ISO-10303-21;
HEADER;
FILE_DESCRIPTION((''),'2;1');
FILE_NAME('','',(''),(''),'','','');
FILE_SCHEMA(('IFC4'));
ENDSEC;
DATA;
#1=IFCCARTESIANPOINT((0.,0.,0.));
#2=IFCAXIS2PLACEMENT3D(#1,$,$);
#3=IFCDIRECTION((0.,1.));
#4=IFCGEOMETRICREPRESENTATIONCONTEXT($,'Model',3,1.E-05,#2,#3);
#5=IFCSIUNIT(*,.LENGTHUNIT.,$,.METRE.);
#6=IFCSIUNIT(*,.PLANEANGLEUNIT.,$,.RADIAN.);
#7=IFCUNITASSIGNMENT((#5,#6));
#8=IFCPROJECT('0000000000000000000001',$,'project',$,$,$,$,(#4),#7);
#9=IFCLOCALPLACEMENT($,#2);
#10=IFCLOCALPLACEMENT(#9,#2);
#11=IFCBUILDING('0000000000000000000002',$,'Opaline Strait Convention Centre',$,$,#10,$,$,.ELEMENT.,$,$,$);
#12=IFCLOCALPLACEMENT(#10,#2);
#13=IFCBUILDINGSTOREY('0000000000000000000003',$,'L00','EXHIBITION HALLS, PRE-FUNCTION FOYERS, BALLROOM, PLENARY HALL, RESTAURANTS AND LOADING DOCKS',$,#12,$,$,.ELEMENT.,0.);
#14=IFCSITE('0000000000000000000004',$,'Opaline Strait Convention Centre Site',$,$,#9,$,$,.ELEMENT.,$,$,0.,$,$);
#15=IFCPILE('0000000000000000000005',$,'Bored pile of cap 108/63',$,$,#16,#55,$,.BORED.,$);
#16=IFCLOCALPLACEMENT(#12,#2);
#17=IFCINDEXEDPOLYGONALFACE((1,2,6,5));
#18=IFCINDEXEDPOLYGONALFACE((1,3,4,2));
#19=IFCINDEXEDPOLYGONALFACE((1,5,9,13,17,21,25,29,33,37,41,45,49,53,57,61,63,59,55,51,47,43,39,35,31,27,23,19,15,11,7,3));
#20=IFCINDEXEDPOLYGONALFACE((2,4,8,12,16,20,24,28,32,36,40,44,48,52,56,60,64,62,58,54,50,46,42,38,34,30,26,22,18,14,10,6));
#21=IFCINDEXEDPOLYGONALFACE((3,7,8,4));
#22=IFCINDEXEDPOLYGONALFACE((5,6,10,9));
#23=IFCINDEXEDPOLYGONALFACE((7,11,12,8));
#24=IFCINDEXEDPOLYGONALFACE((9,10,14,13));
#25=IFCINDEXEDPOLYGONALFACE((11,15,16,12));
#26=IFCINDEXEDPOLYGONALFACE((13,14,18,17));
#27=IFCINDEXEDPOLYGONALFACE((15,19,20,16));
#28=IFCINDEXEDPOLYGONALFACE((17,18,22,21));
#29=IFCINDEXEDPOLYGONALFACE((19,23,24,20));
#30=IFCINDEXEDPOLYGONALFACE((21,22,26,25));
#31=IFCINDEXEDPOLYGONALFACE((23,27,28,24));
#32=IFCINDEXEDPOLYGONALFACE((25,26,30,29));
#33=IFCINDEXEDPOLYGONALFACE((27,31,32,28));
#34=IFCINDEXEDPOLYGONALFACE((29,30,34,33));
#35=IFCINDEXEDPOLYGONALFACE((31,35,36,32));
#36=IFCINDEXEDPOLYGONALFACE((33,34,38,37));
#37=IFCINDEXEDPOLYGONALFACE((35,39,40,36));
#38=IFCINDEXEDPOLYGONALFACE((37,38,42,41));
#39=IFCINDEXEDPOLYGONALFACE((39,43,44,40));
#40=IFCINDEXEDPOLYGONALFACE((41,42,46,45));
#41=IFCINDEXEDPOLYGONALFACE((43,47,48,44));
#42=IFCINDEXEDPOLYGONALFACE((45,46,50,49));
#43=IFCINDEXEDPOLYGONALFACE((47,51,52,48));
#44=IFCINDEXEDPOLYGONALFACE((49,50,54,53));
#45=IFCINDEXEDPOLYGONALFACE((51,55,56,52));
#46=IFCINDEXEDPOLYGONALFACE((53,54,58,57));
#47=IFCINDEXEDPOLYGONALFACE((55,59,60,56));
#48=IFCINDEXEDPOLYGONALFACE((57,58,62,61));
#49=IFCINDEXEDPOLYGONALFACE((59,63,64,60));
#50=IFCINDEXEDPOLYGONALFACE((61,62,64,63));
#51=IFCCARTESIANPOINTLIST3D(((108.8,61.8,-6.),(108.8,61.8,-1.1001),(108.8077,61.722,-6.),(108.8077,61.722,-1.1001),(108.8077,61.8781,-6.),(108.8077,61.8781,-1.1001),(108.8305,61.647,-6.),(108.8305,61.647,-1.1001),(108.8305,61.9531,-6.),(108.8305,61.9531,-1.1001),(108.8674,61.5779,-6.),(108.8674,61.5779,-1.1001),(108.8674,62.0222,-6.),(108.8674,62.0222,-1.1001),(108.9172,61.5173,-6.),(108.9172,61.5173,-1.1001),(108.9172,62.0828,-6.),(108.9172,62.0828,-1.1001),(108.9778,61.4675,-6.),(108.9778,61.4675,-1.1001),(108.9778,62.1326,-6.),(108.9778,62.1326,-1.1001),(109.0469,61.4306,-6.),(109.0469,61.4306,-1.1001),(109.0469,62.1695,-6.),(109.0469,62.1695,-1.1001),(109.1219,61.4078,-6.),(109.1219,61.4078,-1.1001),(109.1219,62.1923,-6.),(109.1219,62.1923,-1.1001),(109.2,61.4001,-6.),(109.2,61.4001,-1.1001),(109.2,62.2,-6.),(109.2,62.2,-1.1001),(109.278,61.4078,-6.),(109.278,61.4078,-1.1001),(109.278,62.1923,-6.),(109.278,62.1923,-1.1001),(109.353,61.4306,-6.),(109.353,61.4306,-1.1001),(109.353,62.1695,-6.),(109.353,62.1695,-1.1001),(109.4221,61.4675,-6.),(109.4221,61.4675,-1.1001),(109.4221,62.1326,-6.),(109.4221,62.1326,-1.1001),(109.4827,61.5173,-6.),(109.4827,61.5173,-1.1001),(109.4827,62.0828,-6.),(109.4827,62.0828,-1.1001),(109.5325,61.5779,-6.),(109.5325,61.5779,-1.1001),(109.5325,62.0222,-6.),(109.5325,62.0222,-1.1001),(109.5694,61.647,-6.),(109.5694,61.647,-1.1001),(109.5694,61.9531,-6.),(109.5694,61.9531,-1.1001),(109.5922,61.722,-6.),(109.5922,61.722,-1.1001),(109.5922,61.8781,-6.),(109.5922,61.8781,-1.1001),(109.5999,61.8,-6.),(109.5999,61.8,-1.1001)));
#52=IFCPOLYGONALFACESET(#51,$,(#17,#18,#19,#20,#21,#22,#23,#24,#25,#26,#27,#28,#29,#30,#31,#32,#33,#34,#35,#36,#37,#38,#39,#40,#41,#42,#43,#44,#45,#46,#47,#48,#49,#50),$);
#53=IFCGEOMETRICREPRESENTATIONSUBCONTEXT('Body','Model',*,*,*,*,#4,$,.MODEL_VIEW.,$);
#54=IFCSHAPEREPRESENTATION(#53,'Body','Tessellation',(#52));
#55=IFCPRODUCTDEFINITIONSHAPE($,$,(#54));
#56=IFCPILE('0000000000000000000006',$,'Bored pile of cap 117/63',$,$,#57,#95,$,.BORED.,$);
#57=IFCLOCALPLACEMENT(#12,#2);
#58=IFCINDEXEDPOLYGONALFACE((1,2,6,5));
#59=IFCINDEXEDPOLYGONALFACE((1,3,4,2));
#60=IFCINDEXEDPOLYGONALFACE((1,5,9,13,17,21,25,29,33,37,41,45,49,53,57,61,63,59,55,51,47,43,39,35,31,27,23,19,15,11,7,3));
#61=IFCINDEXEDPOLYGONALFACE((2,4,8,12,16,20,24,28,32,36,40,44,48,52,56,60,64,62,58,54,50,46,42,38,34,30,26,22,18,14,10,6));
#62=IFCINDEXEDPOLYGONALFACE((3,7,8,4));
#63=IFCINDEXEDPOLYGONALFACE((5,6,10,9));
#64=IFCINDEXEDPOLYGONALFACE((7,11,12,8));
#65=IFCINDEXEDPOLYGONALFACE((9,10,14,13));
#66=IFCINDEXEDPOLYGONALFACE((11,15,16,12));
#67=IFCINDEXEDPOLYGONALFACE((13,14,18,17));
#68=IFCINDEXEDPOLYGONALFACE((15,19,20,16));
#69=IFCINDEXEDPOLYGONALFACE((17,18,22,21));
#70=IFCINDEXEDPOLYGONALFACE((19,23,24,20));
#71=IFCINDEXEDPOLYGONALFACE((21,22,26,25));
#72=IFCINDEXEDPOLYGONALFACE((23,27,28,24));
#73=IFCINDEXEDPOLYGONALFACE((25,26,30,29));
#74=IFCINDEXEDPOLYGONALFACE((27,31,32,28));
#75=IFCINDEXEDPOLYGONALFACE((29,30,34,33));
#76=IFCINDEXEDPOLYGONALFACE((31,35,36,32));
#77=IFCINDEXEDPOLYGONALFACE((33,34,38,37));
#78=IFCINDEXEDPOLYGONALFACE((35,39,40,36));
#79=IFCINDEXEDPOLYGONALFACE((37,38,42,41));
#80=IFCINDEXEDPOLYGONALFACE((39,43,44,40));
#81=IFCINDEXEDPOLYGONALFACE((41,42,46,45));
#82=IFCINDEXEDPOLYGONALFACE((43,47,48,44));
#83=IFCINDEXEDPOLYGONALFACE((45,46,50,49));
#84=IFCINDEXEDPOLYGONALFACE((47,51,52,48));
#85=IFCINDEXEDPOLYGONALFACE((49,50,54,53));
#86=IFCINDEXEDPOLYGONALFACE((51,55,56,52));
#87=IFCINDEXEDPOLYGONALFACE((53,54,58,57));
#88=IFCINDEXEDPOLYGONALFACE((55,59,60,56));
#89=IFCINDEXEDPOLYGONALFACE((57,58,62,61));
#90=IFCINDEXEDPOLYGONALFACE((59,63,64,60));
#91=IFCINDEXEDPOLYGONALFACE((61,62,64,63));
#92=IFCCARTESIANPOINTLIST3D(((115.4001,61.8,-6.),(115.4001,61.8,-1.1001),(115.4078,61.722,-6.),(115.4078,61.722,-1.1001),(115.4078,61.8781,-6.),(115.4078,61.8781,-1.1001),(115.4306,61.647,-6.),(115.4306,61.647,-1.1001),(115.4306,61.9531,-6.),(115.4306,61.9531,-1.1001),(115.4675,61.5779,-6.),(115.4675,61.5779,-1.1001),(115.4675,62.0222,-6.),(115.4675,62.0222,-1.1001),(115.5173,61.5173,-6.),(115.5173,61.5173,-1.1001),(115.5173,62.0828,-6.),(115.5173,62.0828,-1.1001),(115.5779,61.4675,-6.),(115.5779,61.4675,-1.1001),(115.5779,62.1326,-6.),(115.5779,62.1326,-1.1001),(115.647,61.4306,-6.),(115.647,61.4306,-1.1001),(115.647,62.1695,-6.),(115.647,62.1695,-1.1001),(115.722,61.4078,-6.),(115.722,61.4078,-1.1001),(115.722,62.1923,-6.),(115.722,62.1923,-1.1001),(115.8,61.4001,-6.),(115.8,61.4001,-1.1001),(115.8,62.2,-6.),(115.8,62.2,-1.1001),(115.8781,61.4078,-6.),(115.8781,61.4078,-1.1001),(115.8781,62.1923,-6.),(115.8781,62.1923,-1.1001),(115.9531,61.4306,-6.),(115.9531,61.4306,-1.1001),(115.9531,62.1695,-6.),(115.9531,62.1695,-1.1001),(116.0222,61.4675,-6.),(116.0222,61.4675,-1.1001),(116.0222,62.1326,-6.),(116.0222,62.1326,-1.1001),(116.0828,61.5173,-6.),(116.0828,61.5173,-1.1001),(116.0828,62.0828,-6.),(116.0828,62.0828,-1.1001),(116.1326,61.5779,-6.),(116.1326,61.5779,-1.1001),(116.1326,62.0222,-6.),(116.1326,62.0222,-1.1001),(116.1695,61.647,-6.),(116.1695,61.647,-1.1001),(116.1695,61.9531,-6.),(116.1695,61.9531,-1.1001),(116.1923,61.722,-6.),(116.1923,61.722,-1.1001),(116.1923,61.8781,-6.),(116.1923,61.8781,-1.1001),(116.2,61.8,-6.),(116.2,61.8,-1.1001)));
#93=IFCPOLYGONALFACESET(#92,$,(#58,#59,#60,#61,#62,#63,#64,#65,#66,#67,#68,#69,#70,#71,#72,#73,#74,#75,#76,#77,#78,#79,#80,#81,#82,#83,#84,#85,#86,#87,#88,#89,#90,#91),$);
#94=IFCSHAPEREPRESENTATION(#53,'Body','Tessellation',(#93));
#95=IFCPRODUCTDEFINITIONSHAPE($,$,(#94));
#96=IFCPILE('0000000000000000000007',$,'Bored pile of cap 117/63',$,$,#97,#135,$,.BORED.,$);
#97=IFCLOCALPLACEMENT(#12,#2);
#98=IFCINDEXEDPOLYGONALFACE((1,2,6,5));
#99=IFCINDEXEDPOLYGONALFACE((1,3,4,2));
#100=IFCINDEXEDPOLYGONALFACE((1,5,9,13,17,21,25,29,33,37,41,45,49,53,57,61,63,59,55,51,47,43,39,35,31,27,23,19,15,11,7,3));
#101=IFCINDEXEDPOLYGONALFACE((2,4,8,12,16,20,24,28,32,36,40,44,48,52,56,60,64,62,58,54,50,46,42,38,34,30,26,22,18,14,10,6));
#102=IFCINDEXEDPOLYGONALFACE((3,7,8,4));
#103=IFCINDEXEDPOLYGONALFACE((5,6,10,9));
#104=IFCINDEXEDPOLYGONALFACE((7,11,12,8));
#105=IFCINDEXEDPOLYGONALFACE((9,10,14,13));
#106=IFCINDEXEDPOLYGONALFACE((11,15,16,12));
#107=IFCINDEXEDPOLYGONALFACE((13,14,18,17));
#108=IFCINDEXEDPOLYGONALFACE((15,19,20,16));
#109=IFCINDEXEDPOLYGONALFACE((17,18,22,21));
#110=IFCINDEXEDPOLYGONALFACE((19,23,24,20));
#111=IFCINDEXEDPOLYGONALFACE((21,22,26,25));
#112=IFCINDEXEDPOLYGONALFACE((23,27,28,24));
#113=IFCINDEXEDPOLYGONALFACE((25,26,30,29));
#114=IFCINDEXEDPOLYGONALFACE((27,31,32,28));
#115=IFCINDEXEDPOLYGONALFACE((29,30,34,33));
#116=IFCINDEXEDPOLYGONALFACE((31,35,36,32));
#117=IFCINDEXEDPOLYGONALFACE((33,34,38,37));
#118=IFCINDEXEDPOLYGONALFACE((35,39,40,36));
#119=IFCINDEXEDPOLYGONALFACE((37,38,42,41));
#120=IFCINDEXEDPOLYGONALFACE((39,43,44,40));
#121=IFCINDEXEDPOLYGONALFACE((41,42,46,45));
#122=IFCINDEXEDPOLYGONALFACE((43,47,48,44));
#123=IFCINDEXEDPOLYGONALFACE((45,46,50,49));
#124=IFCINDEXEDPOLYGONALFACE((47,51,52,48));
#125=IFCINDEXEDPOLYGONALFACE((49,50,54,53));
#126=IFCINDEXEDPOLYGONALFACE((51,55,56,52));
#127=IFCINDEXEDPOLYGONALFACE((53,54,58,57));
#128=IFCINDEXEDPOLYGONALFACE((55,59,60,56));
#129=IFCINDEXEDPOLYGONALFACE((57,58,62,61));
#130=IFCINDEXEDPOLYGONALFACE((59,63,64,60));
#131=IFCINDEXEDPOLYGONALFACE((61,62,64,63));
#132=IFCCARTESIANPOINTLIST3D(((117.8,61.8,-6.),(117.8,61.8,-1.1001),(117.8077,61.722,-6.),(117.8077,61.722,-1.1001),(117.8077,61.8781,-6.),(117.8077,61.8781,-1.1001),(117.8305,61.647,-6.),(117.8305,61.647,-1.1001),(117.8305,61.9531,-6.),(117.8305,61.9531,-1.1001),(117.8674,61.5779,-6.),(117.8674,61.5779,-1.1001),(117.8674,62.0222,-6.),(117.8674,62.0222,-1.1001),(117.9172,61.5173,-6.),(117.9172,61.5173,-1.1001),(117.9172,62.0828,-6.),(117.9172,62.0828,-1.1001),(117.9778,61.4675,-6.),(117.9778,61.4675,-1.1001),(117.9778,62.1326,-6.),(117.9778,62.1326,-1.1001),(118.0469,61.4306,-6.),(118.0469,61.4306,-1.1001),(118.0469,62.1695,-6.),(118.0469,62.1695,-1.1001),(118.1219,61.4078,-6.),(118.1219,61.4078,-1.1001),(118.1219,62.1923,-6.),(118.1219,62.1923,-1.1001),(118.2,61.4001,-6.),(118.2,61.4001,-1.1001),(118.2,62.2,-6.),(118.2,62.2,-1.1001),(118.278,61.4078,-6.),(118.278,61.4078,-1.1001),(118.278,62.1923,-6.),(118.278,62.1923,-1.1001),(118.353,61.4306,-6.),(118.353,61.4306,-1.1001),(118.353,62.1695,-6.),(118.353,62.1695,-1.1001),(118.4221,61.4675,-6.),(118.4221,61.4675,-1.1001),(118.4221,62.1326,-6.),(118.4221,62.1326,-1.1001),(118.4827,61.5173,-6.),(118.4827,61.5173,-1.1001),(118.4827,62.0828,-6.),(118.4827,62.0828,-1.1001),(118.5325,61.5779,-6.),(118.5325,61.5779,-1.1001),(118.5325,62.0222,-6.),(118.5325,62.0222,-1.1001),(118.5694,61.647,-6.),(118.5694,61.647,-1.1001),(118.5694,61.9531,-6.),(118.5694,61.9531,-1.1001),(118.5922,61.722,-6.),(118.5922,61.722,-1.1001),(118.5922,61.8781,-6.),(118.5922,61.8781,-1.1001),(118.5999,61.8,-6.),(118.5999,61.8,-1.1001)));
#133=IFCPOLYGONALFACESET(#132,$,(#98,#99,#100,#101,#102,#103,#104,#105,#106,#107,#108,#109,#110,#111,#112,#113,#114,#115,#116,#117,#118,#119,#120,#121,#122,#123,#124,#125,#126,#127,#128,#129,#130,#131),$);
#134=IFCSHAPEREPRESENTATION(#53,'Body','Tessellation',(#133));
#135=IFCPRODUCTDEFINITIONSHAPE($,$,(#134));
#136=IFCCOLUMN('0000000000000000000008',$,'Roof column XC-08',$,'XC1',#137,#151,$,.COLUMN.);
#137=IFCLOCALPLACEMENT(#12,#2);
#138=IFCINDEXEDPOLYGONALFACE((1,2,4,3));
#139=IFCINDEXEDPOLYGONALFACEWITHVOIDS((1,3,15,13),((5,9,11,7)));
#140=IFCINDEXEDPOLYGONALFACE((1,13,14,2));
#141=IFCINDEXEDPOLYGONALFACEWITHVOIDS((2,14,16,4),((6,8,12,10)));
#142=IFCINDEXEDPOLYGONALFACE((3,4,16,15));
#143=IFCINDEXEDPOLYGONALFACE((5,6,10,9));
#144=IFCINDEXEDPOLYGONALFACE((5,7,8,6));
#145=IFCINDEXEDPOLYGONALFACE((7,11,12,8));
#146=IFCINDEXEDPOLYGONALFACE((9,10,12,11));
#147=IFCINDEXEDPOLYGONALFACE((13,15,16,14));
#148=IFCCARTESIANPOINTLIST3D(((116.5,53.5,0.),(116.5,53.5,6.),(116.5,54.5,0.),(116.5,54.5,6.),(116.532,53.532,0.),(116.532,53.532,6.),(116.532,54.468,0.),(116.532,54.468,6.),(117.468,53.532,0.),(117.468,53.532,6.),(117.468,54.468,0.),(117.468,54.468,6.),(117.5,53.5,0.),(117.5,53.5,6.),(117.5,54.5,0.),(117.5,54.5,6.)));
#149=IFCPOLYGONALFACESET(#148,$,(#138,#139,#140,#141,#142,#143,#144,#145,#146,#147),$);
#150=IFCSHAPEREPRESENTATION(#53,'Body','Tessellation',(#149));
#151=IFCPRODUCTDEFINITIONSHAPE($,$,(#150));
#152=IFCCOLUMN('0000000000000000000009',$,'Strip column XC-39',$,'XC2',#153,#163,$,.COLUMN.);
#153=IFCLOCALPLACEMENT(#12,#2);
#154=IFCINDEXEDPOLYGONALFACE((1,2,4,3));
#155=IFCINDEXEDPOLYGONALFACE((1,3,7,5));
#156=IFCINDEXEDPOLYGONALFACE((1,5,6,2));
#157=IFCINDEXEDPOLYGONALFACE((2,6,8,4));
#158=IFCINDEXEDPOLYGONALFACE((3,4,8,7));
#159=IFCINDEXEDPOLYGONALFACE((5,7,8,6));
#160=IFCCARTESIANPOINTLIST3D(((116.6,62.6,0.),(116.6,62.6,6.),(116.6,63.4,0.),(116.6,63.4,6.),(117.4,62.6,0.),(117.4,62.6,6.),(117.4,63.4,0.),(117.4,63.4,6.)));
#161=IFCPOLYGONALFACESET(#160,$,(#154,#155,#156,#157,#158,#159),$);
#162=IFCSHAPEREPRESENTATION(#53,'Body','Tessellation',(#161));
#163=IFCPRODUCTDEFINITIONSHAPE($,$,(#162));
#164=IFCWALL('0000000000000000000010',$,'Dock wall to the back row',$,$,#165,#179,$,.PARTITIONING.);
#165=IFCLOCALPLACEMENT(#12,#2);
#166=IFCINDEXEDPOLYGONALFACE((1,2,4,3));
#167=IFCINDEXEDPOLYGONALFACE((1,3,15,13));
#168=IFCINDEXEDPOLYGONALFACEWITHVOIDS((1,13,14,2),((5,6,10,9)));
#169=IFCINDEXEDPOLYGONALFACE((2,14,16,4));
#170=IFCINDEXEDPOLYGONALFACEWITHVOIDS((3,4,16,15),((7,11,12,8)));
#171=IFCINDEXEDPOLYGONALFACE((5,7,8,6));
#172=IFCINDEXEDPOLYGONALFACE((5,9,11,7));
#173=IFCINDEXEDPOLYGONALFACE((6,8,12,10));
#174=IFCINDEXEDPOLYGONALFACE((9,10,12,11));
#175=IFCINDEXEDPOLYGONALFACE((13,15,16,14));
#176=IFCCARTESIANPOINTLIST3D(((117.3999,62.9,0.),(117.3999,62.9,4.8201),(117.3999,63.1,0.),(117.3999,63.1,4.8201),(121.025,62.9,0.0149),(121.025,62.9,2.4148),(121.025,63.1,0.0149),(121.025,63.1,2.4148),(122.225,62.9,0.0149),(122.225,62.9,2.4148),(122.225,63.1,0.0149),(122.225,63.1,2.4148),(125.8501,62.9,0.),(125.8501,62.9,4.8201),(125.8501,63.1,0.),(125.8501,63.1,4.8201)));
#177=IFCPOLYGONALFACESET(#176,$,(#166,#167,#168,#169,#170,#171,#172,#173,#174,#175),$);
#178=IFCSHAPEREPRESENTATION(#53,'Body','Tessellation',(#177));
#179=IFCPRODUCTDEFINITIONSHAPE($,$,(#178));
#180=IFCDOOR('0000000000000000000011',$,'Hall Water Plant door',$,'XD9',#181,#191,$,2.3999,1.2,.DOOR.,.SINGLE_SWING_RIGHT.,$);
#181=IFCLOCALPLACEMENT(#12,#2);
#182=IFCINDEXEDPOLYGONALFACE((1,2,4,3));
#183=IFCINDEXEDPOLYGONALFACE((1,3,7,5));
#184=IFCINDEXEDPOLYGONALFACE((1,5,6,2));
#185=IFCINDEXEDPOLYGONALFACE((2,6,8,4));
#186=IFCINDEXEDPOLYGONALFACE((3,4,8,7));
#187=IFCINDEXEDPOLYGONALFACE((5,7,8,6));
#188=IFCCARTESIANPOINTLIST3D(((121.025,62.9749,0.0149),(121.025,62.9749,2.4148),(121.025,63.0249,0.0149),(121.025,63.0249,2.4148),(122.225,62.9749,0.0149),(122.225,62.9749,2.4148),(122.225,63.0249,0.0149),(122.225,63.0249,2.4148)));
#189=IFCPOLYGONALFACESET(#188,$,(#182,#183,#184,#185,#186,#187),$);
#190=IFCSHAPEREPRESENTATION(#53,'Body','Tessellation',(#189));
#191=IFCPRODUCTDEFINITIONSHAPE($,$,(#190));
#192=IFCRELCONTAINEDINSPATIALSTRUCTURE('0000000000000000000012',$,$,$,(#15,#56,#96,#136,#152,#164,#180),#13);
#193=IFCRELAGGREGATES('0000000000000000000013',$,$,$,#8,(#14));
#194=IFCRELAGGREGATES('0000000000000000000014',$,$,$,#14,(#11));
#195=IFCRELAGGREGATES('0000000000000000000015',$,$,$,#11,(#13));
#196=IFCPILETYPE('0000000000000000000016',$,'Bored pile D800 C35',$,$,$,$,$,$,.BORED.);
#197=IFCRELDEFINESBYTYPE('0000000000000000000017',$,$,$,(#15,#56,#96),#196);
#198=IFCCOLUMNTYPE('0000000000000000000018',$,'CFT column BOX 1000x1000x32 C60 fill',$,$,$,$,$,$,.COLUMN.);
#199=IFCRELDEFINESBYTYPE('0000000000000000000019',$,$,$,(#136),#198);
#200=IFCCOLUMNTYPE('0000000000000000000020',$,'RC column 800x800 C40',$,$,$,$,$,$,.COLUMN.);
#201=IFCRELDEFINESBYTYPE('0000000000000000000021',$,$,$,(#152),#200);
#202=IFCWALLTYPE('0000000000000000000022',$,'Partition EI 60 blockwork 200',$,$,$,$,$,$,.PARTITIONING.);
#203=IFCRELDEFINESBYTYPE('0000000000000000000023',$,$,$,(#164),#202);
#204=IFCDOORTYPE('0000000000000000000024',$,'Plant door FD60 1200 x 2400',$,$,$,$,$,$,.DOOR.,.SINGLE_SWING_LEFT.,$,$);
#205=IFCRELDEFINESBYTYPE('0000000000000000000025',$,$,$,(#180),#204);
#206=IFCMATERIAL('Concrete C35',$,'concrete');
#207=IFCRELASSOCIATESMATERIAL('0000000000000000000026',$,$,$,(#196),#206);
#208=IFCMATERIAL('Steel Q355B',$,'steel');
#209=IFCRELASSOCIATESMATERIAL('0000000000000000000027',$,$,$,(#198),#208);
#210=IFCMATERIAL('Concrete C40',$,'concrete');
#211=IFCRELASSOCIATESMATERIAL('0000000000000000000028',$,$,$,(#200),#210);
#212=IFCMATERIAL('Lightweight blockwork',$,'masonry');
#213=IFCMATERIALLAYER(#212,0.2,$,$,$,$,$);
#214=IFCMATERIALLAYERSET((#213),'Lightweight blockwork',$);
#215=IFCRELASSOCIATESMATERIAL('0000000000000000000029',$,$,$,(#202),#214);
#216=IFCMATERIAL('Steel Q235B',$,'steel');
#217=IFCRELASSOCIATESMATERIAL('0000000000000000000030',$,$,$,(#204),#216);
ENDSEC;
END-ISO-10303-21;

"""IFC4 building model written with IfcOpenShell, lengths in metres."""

from ifc_helpers import new_model, si_unit, direction, frame, frame_2d, origin, origin_2d, place, context, subcontext, project, spatial, rectangle, hollow_rectangle, circle, extrude, material, layer, layer_set, material_profile, profile_set, type_object, element, fill, save


model = new_model("IFC4")

# Units and contexts
model_context = context("Model", 3, precision=1e-05, world=origin(), true_north=direction((0.0, 1.0)))
body_context = subcontext(model_context, "Body", "Model", "MODEL_VIEW")
ifc_project = project(units=[si_unit("LENGTHUNIT", "METRE"), si_unit("PLANEANGLEUNIT", "RADIAN")], contexts=[model_context])

# Site, building, storey
site_placement = place(None, origin())
site = spatial("IfcSite", under=ifc_project, at=site_placement, Name="Opaline Strait Convention Centre Site", CompositionType="ELEMENT", RefElevation=0.0)
building_placement = place(site_placement, origin())
building = spatial("IfcBuilding", under=site, at=building_placement, Name="Opaline Strait Convention Centre", CompositionType="ELEMENT")
storey_placement = place(building_placement, origin())
storey = spatial("IfcBuildingStorey", under=building, at=storey_placement, Name="L00", Description="EXHIBITION HALLS, PRE-FUNCTION FOYERS, BALLROOM, PLENARY HALL, RESTAURANTS AND LOADING DOCKS", CompositionType="ELEMENT", Elevation=0.0)

# Piles
ifc_material_1 = material(Name="Concrete C35", Category="concrete")
ifc_material_profile_1 = material_profile(ifc_material_1, circle(Radius=0.3999, at=origin_2d()), Name="D800")
ifc_profile_set_1 = profile_set([ifc_material_profile_1], Name="Concrete C35")
pile_type_1 = type_object("IfcPileType", Name="Bored pile D800 C35", PredefinedType="BORED", material=ifc_profile_set_1)
for number, where, z_axis, x_axis, name in (
    (1, (109.2, 61.8, -1.1001), (0.0, 0.0, -1.0), (1.0, 0.0, 0.0), "Bored pile of cap 108/63"),
    (2, (115.8, 61.8, -1.1001), (0.0, 0.0, -1.0), (1.0, 0.0, 0.0), "Bored pile of cap 117/63"),
    (3, (118.2, 61.8, -1.1001), (0.0, 0.0, -1.0), (1.0, 0.0, 0.0), "Bored pile of cap 117/63"),
):
    element("IfcPile", number, at=place(storey_placement, frame(where, z_axis=z_axis, x_axis=x_axis)), inside=storey, type_object=pile_type_1, Name=name, PredefinedType="BORED", context=body_context, shape_type="SweptSolid", body=[
        extrude(circle(Radius=0.3999, at=origin_2d()), origin(), (0.0, 0.0, 1.0), 4.8999),
    ])

# Columns
ifc_material_2 = material(Name="Steel Q355B", Category="steel")
ifc_material_profile_2 = material_profile(ifc_material_2, hollow_rectangle(XDim=1.0, YDim=1.0, WallThickness=0.032, at=origin_2d()), Name="BOX 1000x1000x32")
ifc_profile_set_2 = profile_set([ifc_material_profile_2], Name="Steel Q355B")
column_type_1 = type_object("IfcColumnType", Name="CFT column BOX 1000x1000x32 C60 fill", PredefinedType="COLUMN", material=ifc_profile_set_2)
column_1_placement = place(storey_placement, frame((117.0, 54.0, 0.0), z_axis=(0.0, 0.0, 1.0), x_axis=(1.0, 0.0, 0.0)))
element("IfcColumn", 4, at=column_1_placement, inside=storey, type_object=column_type_1, Name="Roof column XC-08", ObjectType="XC1", PredefinedType="COLUMN", context=body_context, shape_type="SweptSolid", body=[
    extrude(hollow_rectangle(XDim=1.0, YDim=1.0, WallThickness=0.032, at=origin_2d()), origin(), (0.0, 0.0, 1.0), 6.0),
])
ifc_material_3 = material(Name="Concrete C40", Category="concrete")
ifc_material_profile_3 = material_profile(ifc_material_3, rectangle(XDim=0.8, YDim=0.8, at=origin_2d()), Name="RC 800x800")
ifc_profile_set_3 = profile_set([ifc_material_profile_3], Name="Concrete C40")
column_type_2 = type_object("IfcColumnType", Name="RC column 800x800 C40", PredefinedType="COLUMN", material=ifc_profile_set_3)
column_2_placement = place(storey_placement, frame((117.0, 63.0, 0.0), z_axis=(0.0, 0.0, 1.0), x_axis=(1.0, 0.0, 0.0)))
element("IfcColumn", 5, at=column_2_placement, inside=storey, type_object=column_type_2, Name="Strip column XC-39", ObjectType="XC2", PredefinedType="COLUMN", context=body_context, shape_type="SweptSolid", body=[
    extrude(rectangle(XDim=0.8, YDim=0.8, at=origin_2d()), origin(), (0.0, 0.0, 1.0), 6.0),
])

# Shared definitions
ifc_material_4 = material(Name="Steel Q235B", Category="steel")

# Wall, opening, door
ifc_material_5 = material(Name="Lightweight blockwork", Category="masonry")
ifc_layer_1 = layer(ifc_material_5, 0.2)
ifc_layer_set_1 = layer_set([ifc_layer_1], Name="Lightweight blockwork")
wall_type_1 = type_object("IfcWallType", Name="Partition EI 60 blockwork 200", PredefinedType="PARTITIONING", material=ifc_layer_set_1)
wall_1_placement = place(storey_placement, frame((117.3999, 63.0, 0.0), z_axis=(0.0, 0.0, 1.0), x_axis=(1.0, 0.0, 0.0)))
wall_1 = element("IfcWall", 6, at=wall_1_placement, inside=storey, type_object=wall_type_1, Name="Dock wall to the back row", PredefinedType="PARTITIONING", context=body_context, shape_type="SweptSolid", body=[
    extrude(rectangle(XDim=8.4502, YDim=0.2, at=frame_2d((4.2251, 0.0))), origin(), (0.0, 0.0, 1.0), 4.8201),
])
opening_1_placement = place(wall_1_placement, frame((3.625, 0.0, 0.0149)))
opening_1 = element("IfcOpeningElement", 7, at=opening_1_placement, cuts=wall_1, PredefinedType="OPENING", context=body_context, shape_type="SweptSolid", body=[
    extrude(rectangle(XDim=1.2, YDim=2.3999, at=frame_2d((0.6001, 1.2))), frame((0.0, 0.1099, 0.0), z_axis=(0.0, -1.0, 0.0), x_axis=(1.0, 0.0, 0.0)), (0.0, 0.0, 1.0), 0.22),
])
door_type_1 = type_object("IfcDoorType", Name="Plant door FD60 1200 x 2400", OperationType="SINGLE_SWING_LEFT", PredefinedType="DOOR", material=ifc_material_4)
door_1_placement = place(opening_1_placement, origin())
door_1 = element("IfcDoor", 8, at=door_1_placement, inside=storey, type_object=door_type_1, Name="Hall Water Plant door", ObjectType="XD9", OperationType="SINGLE_SWING_RIGHT", OverallHeight=2.3999, OverallWidth=1.2, PredefinedType="DOOR", context=body_context, shape_type="SweptSolid", body=[
    extrude(rectangle(XDim=1.2, YDim=2.3999, at=frame_2d((0.6001, 1.2))), frame((0.0, 0.0249, 0.0), z_axis=(0.0, -1.0, 0.0), x_axis=(1.0, 0.0, 0.0)), (0.0, 0.0, 1.0), 0.05),
])
fill(opening_1, door_1)

save(model, "model.ifc")
